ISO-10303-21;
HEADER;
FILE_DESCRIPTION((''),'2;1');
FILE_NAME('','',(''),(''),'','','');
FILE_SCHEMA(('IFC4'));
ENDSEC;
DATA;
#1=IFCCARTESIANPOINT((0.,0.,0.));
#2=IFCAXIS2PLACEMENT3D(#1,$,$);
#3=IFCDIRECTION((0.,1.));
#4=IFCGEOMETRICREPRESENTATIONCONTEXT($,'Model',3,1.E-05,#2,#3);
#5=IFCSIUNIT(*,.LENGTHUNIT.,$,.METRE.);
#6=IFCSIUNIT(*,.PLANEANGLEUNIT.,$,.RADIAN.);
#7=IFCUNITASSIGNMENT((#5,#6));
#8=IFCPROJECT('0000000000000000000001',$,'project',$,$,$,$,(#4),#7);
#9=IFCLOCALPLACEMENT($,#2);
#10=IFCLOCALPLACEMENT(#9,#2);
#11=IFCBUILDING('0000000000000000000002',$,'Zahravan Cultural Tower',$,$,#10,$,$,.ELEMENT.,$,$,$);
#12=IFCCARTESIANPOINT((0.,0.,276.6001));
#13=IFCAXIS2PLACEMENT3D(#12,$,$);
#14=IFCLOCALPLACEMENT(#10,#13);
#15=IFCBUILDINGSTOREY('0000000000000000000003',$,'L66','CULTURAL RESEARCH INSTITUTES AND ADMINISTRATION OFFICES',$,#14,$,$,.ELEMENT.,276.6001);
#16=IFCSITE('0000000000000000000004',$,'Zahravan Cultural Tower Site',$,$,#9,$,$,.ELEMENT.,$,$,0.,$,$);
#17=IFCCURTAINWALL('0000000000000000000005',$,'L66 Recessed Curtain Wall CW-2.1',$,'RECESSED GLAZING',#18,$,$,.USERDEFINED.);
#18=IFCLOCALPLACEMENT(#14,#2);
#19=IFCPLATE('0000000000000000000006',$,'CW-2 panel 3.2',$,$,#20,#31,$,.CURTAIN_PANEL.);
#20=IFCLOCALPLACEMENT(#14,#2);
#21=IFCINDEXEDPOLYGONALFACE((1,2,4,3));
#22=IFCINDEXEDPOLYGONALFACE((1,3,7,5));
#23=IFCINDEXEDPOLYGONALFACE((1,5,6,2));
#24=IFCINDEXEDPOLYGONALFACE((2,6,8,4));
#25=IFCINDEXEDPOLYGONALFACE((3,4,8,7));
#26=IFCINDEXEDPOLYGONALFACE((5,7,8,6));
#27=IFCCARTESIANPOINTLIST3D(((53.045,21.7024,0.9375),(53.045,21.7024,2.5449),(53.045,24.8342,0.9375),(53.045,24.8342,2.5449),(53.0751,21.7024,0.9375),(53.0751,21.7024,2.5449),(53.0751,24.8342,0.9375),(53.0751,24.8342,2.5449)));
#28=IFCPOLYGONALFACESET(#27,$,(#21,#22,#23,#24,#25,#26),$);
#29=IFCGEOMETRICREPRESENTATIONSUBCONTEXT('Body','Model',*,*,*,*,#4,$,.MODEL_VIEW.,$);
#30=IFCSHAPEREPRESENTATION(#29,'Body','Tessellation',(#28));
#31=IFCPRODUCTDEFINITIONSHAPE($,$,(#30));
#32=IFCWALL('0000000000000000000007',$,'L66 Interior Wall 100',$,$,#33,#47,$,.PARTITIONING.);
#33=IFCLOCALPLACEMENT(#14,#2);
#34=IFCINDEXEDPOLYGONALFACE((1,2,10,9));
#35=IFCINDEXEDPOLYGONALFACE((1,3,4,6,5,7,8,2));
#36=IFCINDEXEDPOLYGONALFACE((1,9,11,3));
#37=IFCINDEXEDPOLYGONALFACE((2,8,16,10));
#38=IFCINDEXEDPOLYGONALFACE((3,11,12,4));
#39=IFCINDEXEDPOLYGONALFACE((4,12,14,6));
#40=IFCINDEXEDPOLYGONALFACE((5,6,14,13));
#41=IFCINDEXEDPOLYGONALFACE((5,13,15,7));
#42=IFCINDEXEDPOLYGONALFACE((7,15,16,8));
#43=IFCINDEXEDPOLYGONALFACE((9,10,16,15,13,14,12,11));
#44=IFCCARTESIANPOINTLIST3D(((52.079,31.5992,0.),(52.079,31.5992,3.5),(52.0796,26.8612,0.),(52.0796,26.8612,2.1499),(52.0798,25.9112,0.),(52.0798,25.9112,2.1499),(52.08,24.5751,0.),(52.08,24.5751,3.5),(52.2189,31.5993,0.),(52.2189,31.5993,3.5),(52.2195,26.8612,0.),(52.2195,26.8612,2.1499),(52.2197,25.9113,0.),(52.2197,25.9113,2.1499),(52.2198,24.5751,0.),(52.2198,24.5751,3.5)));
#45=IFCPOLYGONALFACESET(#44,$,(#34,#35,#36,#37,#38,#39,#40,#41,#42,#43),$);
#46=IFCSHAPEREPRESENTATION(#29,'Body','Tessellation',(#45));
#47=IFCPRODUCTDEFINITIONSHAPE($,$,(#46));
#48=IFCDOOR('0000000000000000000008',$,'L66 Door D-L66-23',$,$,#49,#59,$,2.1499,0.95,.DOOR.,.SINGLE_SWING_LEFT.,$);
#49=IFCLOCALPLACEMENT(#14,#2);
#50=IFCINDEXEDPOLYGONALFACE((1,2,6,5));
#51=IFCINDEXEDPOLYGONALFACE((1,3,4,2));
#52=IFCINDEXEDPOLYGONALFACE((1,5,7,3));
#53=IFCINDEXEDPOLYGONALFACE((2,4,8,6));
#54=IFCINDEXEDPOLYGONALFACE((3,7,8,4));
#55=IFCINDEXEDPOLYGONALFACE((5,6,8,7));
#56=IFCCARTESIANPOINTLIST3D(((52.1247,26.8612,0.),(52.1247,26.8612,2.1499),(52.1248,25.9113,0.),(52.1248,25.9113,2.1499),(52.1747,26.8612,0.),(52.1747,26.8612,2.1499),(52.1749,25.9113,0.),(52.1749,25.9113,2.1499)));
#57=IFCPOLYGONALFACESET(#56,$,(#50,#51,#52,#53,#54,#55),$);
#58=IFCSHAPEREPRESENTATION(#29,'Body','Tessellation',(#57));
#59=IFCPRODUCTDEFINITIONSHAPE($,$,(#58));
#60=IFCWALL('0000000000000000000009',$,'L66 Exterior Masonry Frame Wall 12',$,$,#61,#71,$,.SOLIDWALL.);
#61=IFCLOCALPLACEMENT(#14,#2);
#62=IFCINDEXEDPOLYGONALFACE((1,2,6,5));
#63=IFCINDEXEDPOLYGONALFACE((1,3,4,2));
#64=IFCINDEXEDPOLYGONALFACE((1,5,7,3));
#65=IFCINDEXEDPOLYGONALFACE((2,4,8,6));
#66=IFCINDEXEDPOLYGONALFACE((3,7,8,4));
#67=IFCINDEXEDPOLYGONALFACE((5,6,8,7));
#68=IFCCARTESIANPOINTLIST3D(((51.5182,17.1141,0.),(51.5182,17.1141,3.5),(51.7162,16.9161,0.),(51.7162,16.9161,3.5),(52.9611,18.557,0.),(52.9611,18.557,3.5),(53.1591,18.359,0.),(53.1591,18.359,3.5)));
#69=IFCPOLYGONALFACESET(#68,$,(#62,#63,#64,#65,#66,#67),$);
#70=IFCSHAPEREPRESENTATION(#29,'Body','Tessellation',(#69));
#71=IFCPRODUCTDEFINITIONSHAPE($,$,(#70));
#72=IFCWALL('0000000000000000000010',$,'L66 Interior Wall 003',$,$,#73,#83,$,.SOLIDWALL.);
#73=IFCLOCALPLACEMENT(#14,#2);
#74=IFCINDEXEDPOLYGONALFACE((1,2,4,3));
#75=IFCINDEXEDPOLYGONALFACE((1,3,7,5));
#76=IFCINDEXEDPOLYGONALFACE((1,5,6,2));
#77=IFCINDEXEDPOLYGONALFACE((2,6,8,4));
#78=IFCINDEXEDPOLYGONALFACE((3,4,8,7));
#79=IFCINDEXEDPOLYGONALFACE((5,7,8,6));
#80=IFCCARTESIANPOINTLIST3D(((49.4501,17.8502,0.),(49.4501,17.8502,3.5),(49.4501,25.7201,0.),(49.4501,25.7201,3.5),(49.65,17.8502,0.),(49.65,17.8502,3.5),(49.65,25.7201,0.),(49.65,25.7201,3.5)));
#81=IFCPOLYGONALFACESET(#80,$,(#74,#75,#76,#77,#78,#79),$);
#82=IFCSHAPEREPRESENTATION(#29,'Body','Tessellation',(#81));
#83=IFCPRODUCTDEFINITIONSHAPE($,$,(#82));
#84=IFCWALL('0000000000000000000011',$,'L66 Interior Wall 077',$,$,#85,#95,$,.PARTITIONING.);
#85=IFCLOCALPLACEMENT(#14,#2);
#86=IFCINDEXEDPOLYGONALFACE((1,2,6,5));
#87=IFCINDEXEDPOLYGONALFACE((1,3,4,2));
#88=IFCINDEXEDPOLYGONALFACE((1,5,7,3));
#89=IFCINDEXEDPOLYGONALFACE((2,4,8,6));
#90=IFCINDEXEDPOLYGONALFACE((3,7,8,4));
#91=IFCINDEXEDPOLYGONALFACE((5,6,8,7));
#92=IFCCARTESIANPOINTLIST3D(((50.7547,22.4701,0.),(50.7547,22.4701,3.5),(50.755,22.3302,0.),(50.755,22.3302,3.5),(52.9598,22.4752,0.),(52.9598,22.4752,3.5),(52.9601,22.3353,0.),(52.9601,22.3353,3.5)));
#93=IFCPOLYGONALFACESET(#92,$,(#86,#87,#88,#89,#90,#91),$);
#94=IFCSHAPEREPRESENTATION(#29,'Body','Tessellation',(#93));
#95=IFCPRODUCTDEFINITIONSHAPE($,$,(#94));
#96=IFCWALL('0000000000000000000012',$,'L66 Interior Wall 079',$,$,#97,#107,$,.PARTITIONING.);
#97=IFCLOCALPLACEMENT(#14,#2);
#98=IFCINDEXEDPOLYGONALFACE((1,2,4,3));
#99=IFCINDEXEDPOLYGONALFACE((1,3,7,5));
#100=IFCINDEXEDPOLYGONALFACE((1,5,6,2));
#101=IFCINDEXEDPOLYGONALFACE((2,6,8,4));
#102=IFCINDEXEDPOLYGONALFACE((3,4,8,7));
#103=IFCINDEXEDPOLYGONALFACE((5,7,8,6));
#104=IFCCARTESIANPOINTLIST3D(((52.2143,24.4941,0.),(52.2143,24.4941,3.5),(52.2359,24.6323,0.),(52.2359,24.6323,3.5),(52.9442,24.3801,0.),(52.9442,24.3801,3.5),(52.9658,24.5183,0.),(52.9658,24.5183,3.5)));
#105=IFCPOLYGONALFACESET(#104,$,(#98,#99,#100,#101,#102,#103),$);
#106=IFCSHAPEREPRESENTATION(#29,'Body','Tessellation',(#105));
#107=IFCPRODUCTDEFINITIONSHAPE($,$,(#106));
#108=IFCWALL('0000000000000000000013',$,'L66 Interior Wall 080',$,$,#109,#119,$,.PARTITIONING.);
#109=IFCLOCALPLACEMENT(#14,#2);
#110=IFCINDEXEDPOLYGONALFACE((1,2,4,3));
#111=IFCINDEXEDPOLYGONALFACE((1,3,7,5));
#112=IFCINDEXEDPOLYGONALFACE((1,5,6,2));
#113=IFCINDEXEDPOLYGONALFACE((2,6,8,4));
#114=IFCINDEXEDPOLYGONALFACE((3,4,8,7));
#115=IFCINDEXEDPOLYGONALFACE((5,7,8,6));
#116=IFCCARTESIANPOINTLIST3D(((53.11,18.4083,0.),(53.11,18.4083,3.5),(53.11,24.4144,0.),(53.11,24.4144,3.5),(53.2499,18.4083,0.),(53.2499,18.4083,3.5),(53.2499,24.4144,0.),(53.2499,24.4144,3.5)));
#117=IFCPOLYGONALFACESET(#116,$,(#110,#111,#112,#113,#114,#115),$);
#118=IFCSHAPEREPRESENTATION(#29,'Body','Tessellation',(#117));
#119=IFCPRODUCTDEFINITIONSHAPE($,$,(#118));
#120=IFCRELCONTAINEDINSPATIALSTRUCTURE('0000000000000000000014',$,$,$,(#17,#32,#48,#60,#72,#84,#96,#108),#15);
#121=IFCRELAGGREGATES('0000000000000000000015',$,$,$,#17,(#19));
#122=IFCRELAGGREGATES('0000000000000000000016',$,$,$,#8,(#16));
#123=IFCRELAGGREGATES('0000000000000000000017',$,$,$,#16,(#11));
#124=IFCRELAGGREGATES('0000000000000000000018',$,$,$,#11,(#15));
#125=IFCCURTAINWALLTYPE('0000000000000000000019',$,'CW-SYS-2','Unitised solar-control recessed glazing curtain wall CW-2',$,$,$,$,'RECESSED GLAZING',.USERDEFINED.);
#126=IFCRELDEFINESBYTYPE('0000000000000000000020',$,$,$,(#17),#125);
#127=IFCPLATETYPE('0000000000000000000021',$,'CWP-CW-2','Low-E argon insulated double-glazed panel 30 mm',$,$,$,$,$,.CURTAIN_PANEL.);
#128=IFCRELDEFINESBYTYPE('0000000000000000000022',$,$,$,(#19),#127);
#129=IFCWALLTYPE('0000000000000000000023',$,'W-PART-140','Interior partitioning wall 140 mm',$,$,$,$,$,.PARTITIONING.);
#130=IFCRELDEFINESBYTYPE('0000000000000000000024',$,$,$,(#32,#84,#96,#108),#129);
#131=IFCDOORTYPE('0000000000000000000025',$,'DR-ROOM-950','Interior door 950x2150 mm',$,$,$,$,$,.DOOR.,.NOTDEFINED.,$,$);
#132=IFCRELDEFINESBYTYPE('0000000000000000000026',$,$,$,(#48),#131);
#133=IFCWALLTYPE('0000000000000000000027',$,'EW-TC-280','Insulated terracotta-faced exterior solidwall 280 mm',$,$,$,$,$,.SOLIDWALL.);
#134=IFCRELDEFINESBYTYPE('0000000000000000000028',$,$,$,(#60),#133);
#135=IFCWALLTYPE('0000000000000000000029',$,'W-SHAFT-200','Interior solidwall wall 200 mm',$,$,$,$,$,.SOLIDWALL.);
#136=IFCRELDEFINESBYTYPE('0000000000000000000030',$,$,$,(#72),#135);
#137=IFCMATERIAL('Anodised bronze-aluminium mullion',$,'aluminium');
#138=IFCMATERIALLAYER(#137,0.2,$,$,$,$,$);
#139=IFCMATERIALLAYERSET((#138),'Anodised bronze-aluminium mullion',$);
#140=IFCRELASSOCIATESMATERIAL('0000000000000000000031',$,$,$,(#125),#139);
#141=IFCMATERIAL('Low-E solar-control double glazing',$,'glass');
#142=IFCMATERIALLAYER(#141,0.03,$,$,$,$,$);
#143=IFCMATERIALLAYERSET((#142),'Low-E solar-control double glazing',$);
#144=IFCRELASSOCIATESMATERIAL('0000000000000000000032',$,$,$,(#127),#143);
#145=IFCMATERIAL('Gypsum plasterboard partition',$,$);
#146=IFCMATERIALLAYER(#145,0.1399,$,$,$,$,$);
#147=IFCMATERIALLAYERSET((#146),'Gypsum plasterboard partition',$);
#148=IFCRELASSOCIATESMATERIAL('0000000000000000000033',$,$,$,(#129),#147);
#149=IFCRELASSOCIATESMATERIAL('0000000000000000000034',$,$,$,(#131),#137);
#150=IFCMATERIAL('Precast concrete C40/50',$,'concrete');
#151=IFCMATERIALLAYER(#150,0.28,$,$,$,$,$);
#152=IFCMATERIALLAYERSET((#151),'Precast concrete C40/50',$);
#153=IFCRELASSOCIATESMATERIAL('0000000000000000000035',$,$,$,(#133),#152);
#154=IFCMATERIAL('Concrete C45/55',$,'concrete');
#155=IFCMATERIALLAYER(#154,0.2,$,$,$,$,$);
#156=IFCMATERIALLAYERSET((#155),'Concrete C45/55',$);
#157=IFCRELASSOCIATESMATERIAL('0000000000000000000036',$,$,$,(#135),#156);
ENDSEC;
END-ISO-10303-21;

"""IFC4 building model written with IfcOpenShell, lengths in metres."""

from ifc_helpers import new_model, si_unit, direction, frame, frame_2d, origin, origin_2d, place, context, subcontext, project, spatial, rectangle, extrude, source, transform, mapped, material, layer, layer_set, type_object, element, fill, aggregate, save


model = new_model("IFC4")

# Units and contexts
model_context = context("Model", 3, precision=1e-05, world=origin(), true_north=direction((0.0, 1.0)))
body_context = subcontext(model_context, "Body", "Model", "MODEL_VIEW")
ifc_project = project(units=[si_unit("LENGTHUNIT", "METRE"), si_unit("PLANEANGLEUNIT", "RADIAN")], contexts=[model_context])

# Site, building, storey
site_placement = place(None, origin())
site = spatial("IfcSite", under=ifc_project, at=site_placement, Name="Zahravan Cultural Tower Site", CompositionType="ELEMENT", RefElevation=0.0)
building_placement = place(site_placement, origin())
building = spatial("IfcBuilding", under=site, at=building_placement, Name="Zahravan Cultural Tower", CompositionType="ELEMENT")
storey_placement = place(building_placement, frame((0.0, 0.0, 276.6001)))
storey = spatial("IfcBuildingStorey", under=building, at=storey_placement, Name="L66", Description="CULTURAL RESEARCH INSTITUTES AND ADMINISTRATION OFFICES", CompositionType="ELEMENT", Elevation=276.6001)

# Curtain wall, plate
ifc_material_1 = material(Name="Anodised bronze-aluminium mullion", Category="aluminium")
ifc_layer_1 = layer(ifc_material_1, 0.2)
ifc_layer_set_1 = layer_set([ifc_layer_1], Name="Anodised bronze-aluminium mullion")
curtain_wall_type = type_object("IfcCurtainWallType", Name="CW-SYS-2", Description="Unitised solar-control recessed glazing curtain wall CW-2", ElementType="RECESSED GLAZING", PredefinedType="USERDEFINED", material=ifc_layer_set_1)
curtain_wall_placement = place(storey_placement, origin())
curtain_wall = element("IfcCurtainWall", 1, at=curtain_wall_placement, inside=storey, type_object=curtain_wall_type, Name="L66 Recessed Curtain Wall CW-2.1", ObjectType="RECESSED GLAZING", PredefinedType="USERDEFINED")
ifc_material_2 = material(Name="Low-E solar-control double glazing", Category="glass")
ifc_layer_2 = layer(ifc_material_2, 0.03)
ifc_layer_set_2 = layer_set([ifc_layer_2], Name="Low-E solar-control double glazing")
plate_type = type_object("IfcPlateType", Name="CWP-CW-2", Description="Low-E argon insulated double-glazed panel 30 mm", PredefinedType="CURTAIN_PANEL", material=ifc_layer_set_2)
shared_shape_1 = source(origin(), body_context, "Body", "SweptSolid", [
    extrude(rectangle(XDim=3.1318, YDim=0.03, at=origin_2d()), origin(), (0.0, 0.0, 1.0), 1.6074),
])
plate_1_placement = place(storey_placement, frame((53.0601, 23.2683, 0.9375), z_axis=(0.0, 0.0, 1.0), x_axis=(0.0, -1.0, 0.0)))
plate_1 = element("IfcPlate", 2, at=plate_1_placement, type_object=plate_type, Name="CW-2 panel 3.2", PredefinedType="CURTAIN_PANEL", context=body_context, shape_type="MappedRepresentation", body=[
    mapped(shared_shape_1, transform((0.0, 0.0, 0.0), x_axis=(1.0, 0.0, 0.0), y_axis=(0.0, 1.0, 0.0), z_axis=(0.0, 0.0, 1.0), scale=1.0)),
])
aggregate(curtain_wall, [plate_1])

# Wall, opening, door
ifc_material_3 = material(Name="Gypsum plasterboard partition")
ifc_layer_3 = layer(ifc_material_3, 0.1399)
ifc_layer_set_3 = layer_set([ifc_layer_3], Name="Gypsum plasterboard partition")
wall_type_1 = type_object("IfcWallType", Name="W-PART-140", Description="Interior partitioning wall 140 mm", PredefinedType="PARTITIONING", material=ifc_layer_set_3)
door_type = type_object("IfcDoorType", Name="DR-ROOM-950", Description="Interior door 950x2150 mm", OperationType="NOTDEFINED", PredefinedType="DOOR", material=ifc_material_1)
shared_shape_2 = source(origin(), body_context, "Body", "SweptSolid", [
    extrude(rectangle(XDim=0.95, YDim=2.1499, at=frame_2d((0.4751, 1.075))), frame((0.0, 0.0249, 0.0), z_axis=(0.0, -1.0, 0.0), x_axis=(1.0, 0.0, 0.0)), (0.0, 0.0, 1.0), 0.05),
])
wall_1_placement = place(storey_placement, frame((52.1499, 24.575, 0.0), z_axis=(0.0, 0.0, 1.0), x_axis=(-0.000139, 1.0, 0.0)))
wall_1 = element("IfcWall", 3, at=wall_1_placement, inside=storey, type_object=wall_type_1, Name="L66 Interior Wall 100", PredefinedType="PARTITIONING", context=body_context, shape_type="SweptSolid", body=[
    extrude(rectangle(XDim=7.0242, YDim=0.1399, at=frame_2d((3.5122, 0.0))), origin(), (0.0, 0.0, 1.0), 3.5),
])
opening_1_placement = place(wall_1_placement, frame((1.3362, 0.0, 0.0)))
opening_1 = element("IfcOpeningElement", 4, at=opening_1_placement, cuts=wall_1, PredefinedType="OPENING", context=body_context, shape_type="SweptSolid", body=[
    extrude(rectangle(XDim=0.95, YDim=2.1499, at=frame_2d((0.4751, 1.075))), frame((0.0, 0.0798, 0.0), z_axis=(0.0, -1.0, 0.0), x_axis=(1.0, 0.0, 0.0)), (0.0, 0.0, 1.0), 0.1599),
])
door_1_placement = place(opening_1_placement, origin())
door_1 = element("IfcDoor", 5, at=door_1_placement, inside=storey, type_object=door_type, Name="L66 Door D-L66-23", OperationType="SINGLE_SWING_LEFT", OverallHeight=2.1499, OverallWidth=0.95, PredefinedType="DOOR", context=body_context, shape_type="MappedRepresentation", body=[
    mapped(shared_shape_2, transform((0.0, 0.0, 0.0), x_axis=(1.0, 0.0, 0.0), y_axis=(0.0, 1.0, 0.0), z_axis=(0.0, 0.0, 1.0), scale=1.0)),
])
fill(opening_1, door_1)

# Walls
ifc_material_4 = material(Name="Precast concrete C40/50", Category="concrete")
ifc_layer_4 = layer(ifc_material_4, 0.28)
ifc_layer_set_4 = layer_set([ifc_layer_4], Name="Precast concrete C40/50")
wall_type_2 = type_object("IfcWallType", Name="EW-TC-280", Description="Insulated terracotta-faced exterior solidwall 280 mm", PredefinedType="SOLIDWALL", material=ifc_layer_set_4)
shared_shape_3 = source(origin(), body_context, "Body", "SweptSolid", [
    extrude(rectangle(XDim=2.0405, YDim=0.28, at=frame_2d((1.0203, 0.0))), origin(), (0.0, 0.0, 1.0), 3.5),
])
wall_2_placement = place(storey_placement, frame((53.0601, 18.458, 0.0), z_axis=(0.0, 0.0, 1.0), x_axis=(-0.707107, -0.707107, 0.0)))
element("IfcWall", 6, at=wall_2_placement, inside=storey, type_object=wall_type_2, Name="L66 Exterior Masonry Frame Wall 12", PredefinedType="SOLIDWALL", context=body_context, shape_type="MappedRepresentation", body=[
    mapped(shared_shape_3, transform((0.0, 0.0, 0.0), x_axis=(1.0, 0.0, 0.0), y_axis=(0.0, 1.0, 0.0), z_axis=(0.0, 0.0, 1.0), scale=1.0)),
])
ifc_material_5 = material(Name="Concrete C45/55", Category="concrete")
ifc_layer_5 = layer(ifc_material_5, 0.2)
ifc_layer_set_5 = layer_set([ifc_layer_5], Name="Concrete C45/55")
wall_type_3 = type_object("IfcWallType", Name="W-SHAFT-200", Description="Interior solidwall wall 200 mm", PredefinedType="SOLIDWALL", material=ifc_layer_set_5)
shared_shape_4 = source(origin(), body_context, "Body", "SweptSolid", [
    extrude(rectangle(XDim=7.8699, YDim=0.2, at=frame_2d((3.9351, 0.0))), origin(), (0.0, 0.0, 1.0), 3.5),
])
wall_3_placement = place(storey_placement, frame((49.55, 17.8501, 0.0), z_axis=(0.0, 0.0, 1.0), x_axis=(0.0, 1.0, 0.0)))
element("IfcWall", 7, at=wall_3_placement, inside=storey, type_object=wall_type_3, Name="L66 Interior Wall 003", PredefinedType="SOLIDWALL", context=body_context, shape_type="MappedRepresentation", body=[
    mapped(shared_shape_4, transform((0.0, 0.0, 0.0), x_axis=(1.0, 0.0, 0.0), y_axis=(0.0, 1.0, 0.0), z_axis=(0.0, 0.0, 1.0), scale=1.0)),
])
shared_shape_5 = source(origin(), body_context, "Body", "SweptSolid", [
    extrude(rectangle(XDim=2.2051, YDim=0.1399, at=frame_2d((1.1025, 0.0))), origin(), (0.0, 0.0, 1.0), 3.5),
])
wall_4_placement = place(storey_placement, frame((50.7549, 22.4001, 0.0), z_axis=(0.0, 0.0, 1.0), x_axis=(0.999997, 0.002325, 0.0)))
element("IfcWall", 8, at=wall_4_placement, inside=storey, type_object=wall_type_1, Name="L66 Interior Wall 077", PredefinedType="PARTITIONING", context=body_context, shape_type="MappedRepresentation", body=[
    mapped(shared_shape_5, transform((0.0, 0.0, 0.0), x_axis=(1.0, 0.0, 0.0), y_axis=(0.0, 1.0, 0.0), z_axis=(0.0, 0.0, 1.0), scale=1.0)),
])
shared_shape_6 = source(origin(), body_context, "Body", "SweptSolid", [
    extrude(rectangle(XDim=0.7388, YDim=0.1399, at=frame_2d((0.3694, 0.0))), origin(), (0.0, 0.0, 1.0), 3.5),
])
wall_5_placement = place(storey_placement, frame((52.2251, 24.5632, 0.0), z_axis=(0.0, 0.0, 1.0), x_axis=(0.988021, -0.154316, 0.0)))
element("IfcWall", 9, at=wall_5_placement, inside=storey, type_object=wall_type_1, Name="L66 Interior Wall 079", PredefinedType="PARTITIONING", context=body_context, shape_type="MappedRepresentation", body=[
    mapped(shared_shape_6, transform((0.0, 0.0, 0.0), x_axis=(1.0, 0.0, 0.0), y_axis=(0.0, 1.0, 0.0), z_axis=(0.0, 0.0, 1.0), scale=1.0)),
])
shared_shape_7 = source(origin(), body_context, "Body", "SweptSolid", [
    extrude(rectangle(XDim=6.0061, YDim=0.1399, at=frame_2d((3.0029, 0.0))), origin(), (0.0, 0.0, 1.0), 3.5),
])
wall_6_placement = place(storey_placement, frame((53.1799, 24.4143, 0.0), z_axis=(0.0, 0.0, 1.0), x_axis=(0.0, -1.0, 0.0)))
element("IfcWall", 10, at=wall_6_placement, inside=storey, type_object=wall_type_1, Name="L66 Interior Wall 080", PredefinedType="PARTITIONING", context=body_context, shape_type="MappedRepresentation", body=[
    mapped(shared_shape_7, transform((0.0, 0.0, 0.0), x_axis=(1.0, 0.0, 0.0), y_axis=(0.0, 1.0, 0.0), z_axis=(0.0, 0.0, 1.0), scale=1.0)),
])

save(model, "model.ifc")
